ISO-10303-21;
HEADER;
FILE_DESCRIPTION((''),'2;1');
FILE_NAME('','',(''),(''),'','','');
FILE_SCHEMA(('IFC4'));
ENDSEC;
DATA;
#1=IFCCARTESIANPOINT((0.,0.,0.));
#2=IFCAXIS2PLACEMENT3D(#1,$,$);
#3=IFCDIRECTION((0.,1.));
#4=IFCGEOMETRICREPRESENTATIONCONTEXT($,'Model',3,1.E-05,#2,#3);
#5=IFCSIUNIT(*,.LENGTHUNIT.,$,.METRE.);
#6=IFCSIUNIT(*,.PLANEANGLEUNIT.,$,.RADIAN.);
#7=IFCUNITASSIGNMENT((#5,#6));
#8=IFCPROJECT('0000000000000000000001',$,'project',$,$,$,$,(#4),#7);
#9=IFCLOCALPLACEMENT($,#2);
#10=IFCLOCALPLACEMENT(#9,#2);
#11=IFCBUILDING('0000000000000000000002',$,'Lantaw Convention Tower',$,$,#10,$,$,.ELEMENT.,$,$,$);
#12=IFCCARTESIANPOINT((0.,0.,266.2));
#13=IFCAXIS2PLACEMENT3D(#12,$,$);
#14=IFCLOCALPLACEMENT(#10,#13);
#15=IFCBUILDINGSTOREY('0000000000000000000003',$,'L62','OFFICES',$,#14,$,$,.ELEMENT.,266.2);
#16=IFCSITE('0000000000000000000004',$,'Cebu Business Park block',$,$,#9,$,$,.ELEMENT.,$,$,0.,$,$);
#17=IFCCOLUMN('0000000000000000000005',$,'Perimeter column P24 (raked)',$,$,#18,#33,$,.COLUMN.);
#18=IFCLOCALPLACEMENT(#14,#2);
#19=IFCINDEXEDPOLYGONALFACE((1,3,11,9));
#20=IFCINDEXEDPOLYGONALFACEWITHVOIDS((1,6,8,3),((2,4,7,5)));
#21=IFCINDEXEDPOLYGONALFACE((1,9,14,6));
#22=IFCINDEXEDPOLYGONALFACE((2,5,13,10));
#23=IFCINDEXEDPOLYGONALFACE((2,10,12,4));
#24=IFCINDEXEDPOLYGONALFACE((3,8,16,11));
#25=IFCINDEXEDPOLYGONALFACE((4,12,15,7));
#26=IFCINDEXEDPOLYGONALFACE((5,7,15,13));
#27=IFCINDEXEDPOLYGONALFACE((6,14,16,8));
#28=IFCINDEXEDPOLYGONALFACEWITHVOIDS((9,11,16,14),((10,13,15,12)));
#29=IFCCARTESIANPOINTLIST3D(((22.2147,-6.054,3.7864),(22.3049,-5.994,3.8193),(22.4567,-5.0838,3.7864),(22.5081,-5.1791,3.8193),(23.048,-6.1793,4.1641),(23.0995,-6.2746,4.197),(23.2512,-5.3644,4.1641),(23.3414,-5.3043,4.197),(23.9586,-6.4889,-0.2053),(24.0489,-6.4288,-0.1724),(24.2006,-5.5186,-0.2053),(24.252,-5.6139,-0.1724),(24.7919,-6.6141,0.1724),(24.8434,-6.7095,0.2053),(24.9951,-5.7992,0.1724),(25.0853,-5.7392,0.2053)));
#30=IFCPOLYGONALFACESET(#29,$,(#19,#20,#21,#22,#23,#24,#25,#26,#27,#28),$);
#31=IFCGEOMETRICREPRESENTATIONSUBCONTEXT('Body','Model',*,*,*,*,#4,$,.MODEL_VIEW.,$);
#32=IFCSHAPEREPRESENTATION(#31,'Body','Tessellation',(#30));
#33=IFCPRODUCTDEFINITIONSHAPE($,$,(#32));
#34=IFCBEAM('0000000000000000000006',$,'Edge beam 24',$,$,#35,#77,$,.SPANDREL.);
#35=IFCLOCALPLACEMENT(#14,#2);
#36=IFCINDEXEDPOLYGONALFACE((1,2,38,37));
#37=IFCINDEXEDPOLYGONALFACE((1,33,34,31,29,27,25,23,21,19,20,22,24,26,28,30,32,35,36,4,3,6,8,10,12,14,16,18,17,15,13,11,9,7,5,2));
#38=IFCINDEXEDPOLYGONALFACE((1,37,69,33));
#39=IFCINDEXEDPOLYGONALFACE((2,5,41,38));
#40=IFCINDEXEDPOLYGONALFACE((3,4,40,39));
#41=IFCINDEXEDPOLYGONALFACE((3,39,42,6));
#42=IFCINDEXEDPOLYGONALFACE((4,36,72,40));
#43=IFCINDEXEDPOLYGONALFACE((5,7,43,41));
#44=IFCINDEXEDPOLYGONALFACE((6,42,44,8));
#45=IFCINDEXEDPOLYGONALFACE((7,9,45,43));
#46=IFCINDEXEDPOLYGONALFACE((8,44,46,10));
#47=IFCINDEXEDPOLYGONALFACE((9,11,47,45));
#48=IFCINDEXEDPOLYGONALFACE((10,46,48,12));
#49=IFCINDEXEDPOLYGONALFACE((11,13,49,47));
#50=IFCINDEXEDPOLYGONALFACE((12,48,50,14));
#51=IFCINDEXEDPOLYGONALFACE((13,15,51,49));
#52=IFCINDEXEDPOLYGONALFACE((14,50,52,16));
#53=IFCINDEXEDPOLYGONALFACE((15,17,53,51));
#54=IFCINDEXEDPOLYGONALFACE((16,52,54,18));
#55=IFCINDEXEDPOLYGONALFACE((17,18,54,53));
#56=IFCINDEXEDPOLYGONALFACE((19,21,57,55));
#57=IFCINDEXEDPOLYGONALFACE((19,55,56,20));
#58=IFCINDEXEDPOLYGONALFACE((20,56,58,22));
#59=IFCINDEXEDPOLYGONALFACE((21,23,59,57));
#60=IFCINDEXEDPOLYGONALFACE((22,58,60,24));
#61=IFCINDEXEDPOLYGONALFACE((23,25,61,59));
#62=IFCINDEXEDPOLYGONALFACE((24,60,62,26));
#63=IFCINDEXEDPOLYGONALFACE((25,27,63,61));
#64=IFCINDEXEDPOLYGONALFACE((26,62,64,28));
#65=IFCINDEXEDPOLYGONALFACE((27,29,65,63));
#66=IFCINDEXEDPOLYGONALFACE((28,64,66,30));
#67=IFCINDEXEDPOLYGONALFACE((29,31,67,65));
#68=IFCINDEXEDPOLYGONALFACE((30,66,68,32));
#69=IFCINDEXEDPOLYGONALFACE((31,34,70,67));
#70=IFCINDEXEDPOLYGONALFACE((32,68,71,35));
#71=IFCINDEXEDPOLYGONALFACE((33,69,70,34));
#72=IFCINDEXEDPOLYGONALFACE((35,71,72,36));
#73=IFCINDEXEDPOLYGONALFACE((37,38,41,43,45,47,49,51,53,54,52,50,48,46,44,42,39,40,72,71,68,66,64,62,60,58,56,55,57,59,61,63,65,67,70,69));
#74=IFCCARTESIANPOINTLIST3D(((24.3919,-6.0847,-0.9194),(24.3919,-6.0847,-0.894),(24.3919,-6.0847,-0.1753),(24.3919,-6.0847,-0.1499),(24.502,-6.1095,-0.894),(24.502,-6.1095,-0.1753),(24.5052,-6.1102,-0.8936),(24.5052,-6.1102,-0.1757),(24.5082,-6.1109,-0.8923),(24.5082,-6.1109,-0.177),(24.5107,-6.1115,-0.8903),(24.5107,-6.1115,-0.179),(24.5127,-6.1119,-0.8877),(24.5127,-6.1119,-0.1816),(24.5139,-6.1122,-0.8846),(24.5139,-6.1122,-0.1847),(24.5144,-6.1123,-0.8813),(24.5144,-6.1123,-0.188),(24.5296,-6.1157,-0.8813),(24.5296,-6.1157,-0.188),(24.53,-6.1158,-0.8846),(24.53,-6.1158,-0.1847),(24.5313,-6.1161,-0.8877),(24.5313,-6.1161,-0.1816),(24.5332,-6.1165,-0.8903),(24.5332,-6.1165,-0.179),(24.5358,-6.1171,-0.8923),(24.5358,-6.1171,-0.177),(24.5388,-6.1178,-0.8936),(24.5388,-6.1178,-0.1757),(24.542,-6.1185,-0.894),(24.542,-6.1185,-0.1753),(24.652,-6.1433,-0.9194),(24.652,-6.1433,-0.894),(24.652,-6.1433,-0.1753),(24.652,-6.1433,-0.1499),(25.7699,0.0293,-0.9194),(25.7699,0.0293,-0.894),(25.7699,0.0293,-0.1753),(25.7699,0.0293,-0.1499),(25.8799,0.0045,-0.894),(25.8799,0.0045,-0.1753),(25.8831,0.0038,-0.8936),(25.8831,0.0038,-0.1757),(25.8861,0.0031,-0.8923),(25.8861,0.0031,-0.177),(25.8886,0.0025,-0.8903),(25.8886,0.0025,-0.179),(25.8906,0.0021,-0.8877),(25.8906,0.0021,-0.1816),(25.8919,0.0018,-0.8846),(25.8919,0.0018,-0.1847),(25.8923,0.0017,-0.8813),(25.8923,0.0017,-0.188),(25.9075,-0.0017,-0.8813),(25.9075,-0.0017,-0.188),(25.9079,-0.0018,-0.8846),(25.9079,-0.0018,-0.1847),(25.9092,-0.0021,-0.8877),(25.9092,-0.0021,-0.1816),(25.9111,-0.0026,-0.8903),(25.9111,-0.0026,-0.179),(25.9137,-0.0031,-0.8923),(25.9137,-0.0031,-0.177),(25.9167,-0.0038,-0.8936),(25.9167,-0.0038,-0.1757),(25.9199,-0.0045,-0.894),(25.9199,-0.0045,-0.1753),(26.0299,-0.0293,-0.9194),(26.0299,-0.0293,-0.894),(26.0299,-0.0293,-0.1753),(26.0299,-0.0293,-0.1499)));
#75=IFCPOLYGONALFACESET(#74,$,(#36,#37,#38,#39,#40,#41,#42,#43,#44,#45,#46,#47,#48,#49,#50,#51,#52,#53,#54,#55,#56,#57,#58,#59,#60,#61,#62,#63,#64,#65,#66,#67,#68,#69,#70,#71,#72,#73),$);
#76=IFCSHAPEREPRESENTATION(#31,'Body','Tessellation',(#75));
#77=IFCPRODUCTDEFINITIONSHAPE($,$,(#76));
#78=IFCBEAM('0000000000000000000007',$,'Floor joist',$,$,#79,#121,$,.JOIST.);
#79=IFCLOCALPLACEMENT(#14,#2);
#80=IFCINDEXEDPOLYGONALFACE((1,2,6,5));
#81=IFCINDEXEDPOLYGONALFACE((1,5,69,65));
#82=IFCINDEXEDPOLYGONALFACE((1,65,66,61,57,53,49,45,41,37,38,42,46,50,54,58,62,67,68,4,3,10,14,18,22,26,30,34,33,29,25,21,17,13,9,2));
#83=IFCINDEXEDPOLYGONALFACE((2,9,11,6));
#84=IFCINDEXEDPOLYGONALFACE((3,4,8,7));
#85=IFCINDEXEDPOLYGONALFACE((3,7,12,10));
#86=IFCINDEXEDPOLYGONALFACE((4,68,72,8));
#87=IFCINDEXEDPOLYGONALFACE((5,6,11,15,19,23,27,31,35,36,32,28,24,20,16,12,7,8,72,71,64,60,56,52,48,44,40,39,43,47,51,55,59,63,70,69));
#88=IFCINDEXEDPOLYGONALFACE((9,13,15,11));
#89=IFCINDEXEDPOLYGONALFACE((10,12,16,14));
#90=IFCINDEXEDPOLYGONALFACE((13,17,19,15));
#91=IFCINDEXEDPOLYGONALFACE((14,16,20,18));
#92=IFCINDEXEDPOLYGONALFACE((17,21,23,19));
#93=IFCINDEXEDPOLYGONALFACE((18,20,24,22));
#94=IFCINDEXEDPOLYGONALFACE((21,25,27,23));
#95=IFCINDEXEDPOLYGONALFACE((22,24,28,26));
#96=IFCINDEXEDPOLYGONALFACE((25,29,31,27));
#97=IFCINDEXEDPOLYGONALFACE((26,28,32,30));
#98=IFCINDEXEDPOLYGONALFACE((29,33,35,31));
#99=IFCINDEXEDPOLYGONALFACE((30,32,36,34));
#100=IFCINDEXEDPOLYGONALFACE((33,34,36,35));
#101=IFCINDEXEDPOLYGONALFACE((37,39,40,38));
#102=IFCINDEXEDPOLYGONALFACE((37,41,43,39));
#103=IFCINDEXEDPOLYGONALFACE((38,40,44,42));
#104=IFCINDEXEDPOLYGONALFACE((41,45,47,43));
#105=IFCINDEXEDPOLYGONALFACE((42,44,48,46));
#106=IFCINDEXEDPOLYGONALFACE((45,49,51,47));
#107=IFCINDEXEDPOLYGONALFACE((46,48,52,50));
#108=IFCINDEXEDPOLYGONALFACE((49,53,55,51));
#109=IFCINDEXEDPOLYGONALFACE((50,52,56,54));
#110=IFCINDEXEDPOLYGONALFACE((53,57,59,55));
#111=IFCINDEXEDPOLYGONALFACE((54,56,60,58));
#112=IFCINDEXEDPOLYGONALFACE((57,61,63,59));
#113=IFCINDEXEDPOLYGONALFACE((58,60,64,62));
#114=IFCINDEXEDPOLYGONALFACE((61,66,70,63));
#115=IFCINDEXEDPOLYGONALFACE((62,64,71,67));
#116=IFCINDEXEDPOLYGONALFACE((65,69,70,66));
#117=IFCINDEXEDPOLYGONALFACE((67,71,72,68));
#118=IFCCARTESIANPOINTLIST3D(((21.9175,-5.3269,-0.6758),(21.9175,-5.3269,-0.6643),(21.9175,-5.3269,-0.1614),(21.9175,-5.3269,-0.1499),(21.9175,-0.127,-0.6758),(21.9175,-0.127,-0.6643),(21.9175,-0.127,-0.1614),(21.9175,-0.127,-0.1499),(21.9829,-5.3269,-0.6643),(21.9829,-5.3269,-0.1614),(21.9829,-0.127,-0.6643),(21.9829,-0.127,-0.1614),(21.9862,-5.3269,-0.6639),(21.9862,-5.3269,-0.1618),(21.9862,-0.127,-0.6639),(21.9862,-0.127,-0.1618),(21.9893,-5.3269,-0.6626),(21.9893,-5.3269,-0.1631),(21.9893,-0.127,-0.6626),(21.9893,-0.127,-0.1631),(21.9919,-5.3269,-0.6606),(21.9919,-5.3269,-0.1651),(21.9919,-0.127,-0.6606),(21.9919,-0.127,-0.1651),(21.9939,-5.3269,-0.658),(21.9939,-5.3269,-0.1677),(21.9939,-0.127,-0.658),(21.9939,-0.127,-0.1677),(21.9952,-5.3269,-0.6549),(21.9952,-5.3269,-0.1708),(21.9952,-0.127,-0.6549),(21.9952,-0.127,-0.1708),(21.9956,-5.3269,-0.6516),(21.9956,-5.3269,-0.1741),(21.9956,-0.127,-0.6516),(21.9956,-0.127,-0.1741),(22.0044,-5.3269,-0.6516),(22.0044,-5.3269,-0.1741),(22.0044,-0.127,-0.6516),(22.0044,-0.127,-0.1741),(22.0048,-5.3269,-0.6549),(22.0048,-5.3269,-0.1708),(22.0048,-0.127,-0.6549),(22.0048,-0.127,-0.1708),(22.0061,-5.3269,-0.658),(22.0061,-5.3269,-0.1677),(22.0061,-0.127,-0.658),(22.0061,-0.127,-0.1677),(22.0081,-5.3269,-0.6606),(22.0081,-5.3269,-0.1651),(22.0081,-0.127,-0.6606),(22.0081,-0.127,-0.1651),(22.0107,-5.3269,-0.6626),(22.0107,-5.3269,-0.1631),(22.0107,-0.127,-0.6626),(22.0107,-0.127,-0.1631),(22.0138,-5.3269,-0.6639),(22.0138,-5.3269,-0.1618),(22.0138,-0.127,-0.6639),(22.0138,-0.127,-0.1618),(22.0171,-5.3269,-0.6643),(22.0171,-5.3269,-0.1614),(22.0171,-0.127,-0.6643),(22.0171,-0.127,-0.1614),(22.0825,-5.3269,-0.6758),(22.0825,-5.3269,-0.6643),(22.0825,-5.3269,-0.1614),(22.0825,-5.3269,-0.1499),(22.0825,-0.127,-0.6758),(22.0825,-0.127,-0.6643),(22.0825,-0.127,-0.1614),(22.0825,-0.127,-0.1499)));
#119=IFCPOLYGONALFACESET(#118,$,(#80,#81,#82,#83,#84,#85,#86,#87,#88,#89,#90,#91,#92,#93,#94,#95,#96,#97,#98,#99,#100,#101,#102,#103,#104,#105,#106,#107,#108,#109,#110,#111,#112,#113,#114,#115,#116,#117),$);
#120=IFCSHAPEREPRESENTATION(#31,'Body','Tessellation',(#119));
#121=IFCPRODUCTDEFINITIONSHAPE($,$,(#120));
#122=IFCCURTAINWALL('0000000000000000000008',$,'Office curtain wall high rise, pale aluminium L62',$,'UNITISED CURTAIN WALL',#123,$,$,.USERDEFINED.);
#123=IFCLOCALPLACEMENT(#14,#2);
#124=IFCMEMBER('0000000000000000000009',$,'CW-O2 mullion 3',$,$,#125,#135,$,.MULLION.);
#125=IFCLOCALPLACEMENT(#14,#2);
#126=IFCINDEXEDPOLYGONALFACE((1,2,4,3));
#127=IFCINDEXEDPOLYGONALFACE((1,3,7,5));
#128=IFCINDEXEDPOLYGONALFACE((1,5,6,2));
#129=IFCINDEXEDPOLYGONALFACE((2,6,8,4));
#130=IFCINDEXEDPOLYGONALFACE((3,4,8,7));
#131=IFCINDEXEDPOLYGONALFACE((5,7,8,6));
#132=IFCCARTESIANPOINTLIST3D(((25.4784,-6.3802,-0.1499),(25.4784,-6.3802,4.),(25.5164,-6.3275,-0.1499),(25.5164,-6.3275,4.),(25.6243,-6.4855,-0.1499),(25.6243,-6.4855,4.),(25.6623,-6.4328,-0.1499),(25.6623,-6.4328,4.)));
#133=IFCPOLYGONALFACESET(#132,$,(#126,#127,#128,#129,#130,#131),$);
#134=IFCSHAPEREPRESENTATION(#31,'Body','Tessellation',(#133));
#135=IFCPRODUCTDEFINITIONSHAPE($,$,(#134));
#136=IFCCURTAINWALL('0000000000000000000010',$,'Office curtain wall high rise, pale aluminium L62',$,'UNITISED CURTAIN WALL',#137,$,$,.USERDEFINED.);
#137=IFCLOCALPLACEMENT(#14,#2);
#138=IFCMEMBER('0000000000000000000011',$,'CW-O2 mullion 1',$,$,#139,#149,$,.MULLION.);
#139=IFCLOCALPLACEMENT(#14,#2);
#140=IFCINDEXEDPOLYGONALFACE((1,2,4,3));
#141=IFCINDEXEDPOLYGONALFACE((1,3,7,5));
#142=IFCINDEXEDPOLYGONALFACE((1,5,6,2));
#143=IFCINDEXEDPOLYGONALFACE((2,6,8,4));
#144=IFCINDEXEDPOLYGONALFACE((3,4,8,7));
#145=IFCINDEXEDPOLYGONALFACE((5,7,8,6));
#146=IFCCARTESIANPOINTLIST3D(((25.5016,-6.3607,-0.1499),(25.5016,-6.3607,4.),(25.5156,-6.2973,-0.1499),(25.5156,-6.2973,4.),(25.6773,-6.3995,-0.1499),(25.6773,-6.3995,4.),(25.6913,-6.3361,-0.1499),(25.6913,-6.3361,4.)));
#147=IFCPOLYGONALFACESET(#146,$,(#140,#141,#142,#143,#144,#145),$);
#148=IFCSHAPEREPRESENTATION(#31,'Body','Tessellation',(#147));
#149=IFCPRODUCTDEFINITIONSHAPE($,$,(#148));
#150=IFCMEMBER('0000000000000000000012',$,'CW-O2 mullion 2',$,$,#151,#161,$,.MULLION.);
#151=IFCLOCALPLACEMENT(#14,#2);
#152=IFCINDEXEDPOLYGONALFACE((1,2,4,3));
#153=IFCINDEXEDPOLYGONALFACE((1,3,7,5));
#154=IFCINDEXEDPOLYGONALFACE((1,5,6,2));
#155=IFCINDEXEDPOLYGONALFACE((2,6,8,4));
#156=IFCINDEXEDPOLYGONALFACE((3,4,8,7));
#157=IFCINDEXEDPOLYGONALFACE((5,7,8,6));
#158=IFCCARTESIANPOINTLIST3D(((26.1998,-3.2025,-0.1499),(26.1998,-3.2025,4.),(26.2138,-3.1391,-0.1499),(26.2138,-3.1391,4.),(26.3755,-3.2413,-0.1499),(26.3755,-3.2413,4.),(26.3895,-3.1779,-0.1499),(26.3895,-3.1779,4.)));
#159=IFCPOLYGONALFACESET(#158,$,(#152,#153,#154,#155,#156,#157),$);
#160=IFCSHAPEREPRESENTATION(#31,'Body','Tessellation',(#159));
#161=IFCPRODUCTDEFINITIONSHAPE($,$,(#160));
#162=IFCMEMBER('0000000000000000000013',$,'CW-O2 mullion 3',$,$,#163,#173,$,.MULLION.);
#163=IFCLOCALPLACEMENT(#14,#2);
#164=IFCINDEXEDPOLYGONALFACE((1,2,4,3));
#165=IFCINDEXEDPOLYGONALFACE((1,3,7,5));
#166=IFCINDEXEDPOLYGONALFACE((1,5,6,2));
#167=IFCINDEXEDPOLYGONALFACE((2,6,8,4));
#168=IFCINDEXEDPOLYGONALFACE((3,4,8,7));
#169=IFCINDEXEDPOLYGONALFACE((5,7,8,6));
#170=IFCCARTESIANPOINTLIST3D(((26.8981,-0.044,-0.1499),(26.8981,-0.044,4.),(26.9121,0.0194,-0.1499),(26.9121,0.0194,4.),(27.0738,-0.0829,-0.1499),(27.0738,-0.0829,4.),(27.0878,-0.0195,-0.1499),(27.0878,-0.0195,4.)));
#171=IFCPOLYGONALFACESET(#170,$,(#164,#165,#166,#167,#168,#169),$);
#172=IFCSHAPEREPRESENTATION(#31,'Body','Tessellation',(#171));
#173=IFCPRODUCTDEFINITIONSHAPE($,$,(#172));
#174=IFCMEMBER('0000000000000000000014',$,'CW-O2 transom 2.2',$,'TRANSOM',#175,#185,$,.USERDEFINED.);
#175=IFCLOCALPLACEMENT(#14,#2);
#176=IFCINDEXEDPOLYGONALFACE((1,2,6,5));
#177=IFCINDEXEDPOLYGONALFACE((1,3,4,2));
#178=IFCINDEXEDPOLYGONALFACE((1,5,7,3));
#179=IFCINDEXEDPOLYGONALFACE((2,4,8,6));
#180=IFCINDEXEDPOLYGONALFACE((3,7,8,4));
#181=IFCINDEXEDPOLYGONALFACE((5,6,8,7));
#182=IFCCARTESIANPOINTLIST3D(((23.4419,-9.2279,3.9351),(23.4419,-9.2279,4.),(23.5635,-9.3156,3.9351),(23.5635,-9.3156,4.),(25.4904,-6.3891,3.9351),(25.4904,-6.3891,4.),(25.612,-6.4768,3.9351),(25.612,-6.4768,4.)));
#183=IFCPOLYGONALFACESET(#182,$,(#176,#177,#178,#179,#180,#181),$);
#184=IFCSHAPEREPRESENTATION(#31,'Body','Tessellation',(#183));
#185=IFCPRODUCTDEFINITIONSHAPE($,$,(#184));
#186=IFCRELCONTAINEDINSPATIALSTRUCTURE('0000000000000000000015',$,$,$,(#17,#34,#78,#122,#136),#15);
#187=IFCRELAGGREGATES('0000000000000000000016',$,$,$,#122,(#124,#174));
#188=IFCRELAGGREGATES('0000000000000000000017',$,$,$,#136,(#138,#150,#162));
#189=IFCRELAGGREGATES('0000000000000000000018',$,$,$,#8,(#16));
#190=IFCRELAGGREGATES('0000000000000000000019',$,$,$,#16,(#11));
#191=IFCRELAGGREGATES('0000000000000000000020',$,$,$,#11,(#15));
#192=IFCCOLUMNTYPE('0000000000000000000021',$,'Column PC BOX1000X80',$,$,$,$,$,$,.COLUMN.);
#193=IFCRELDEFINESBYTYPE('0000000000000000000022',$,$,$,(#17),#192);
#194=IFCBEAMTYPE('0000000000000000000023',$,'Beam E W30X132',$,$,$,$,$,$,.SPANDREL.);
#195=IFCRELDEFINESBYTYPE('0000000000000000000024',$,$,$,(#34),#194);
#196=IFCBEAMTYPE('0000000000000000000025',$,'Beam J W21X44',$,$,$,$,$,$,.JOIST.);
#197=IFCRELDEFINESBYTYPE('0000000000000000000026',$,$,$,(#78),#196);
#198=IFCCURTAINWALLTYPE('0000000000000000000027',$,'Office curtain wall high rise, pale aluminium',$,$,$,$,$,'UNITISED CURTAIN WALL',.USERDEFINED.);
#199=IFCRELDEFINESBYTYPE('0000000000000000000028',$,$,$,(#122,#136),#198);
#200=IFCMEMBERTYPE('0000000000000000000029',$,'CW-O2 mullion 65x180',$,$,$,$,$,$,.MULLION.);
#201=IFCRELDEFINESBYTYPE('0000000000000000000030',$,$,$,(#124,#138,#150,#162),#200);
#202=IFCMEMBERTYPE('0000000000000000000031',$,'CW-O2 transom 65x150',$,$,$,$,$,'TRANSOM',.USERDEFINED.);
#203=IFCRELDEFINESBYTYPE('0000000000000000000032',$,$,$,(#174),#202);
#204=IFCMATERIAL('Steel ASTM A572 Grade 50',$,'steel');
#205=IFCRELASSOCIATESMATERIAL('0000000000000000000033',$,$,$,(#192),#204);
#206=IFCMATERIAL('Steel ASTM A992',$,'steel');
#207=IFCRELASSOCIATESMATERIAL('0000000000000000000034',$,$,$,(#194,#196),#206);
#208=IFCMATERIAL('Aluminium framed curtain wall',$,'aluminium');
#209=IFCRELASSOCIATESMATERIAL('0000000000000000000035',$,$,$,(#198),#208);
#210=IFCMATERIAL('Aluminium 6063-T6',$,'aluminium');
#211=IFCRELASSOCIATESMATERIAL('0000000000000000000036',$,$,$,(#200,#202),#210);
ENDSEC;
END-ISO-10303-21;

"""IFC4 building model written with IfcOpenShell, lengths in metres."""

from ifc_helpers import new_model, si_unit, direction, frame, origin, origin_2d, place, context, subcontext, project, spatial, rectangle, hollow_rectangle, i_section, extrude, material, material_profile, profile_set, type_object, element, aggregate, save


model = new_model("IFC4")

# Units and contexts
model_context = context("Model", 3, precision=1e-05, world=origin(), true_north=direction((0.0, 1.0)))
body_context = subcontext(model_context, "Body", "Model", "MODEL_VIEW")
ifc_project = project(units=[si_unit("LENGTHUNIT", "METRE"), si_unit("PLANEANGLEUNIT", "RADIAN")], contexts=[model_context])

# Site, building, storey
site_placement = place(None, origin())
site = spatial("IfcSite", under=ifc_project, at=site_placement, Name="Cebu Business Park block", CompositionType="ELEMENT", RefElevation=0.0)
building_placement = place(site_placement, origin())
building = spatial("IfcBuilding", under=site, at=building_placement, Name="Lantaw Convention Tower", CompositionType="ELEMENT")
storey_placement = place(building_placement, frame((0.0, 0.0, 266.2)))
storey = spatial("IfcBuildingStorey", under=building, at=storey_placement, Name="L62", Description="OFFICES", CompositionType="ELEMENT", Elevation=266.2)

# Column
ifc_material_1 = material(Name="Steel ASTM A572 Grade 50", Category="steel")
ifc_material_profile_1 = material_profile(ifc_material_1, hollow_rectangle(XDim=1.0, YDim=1.0, WallThickness=0.0801, at=origin_2d()), Name="BOX1000X80")
ifc_material_2 = material(Name="Concrete C60/75", Category="concrete")
ifc_material_profile_2 = material_profile(ifc_material_2, rectangle(XDim=0.8401, YDim=0.8401, at=origin_2d()), Name="Concrete fill of BOX1000X80")
ifc_profile_set_1 = profile_set([ifc_material_profile_1, ifc_material_profile_2], Name="Steel ASTM A572 Grade 50")
column_type = type_object("IfcColumnType", Name="Column PC BOX1000X80", PredefinedType="COLUMN", material=ifc_profile_set_1)
column_placement = place(storey_placement, frame((24.522, -6.114, 0.0), z_axis=(-0.398363, 0.099326, 0.911834), x_axis=(-0.241928, -0.970294, 0.0)))
element("IfcColumn", 1, at=column_placement, inside=storey, type_object=column_type, Name="Perimeter column P24 (raked)", PredefinedType="COLUMN", context=body_context, shape_type="SweptSolid", body=[
    extrude(hollow_rectangle(XDim=1.0, YDim=1.0, WallThickness=0.0801, at=origin_2d()), origin(), (0.0, 0.0, 1.0), 4.3777),
])

# Beams
ifc_material_3 = material(Name="Steel ASTM A992", Category="steel")
ifc_material_profile_3 = material_profile(ifc_material_3, i_section(OverallWidth=0.2666, OverallDepth=0.7695, WebThickness=0.0156, FlangeThickness=0.0254, FilletRadius=0.0127, at=origin_2d()), Name="W30X132")
ifc_profile_set_2 = profile_set([ifc_material_profile_3], Name="Steel ASTM A992")
beam_type_1 = type_object("IfcBeamType", Name="Beam E W30X132", PredefinedType="SPANDREL", material=ifc_profile_set_2)
beam_1_placement = place(storey_placement, frame((24.522, -6.114, -0.5347), z_axis=(0.219858, 0.975532, 0.0), x_axis=(-0.975532, 0.219858, 0.0)))
element("IfcBeam", 2, at=beam_1_placement, inside=storey, type_object=beam_type_1, Name="Edge beam 24", PredefinedType="SPANDREL", context=body_context, shape_type="SweptSolid", body=[
    extrude(i_section(OverallWidth=0.2666, OverallDepth=0.7695, WebThickness=0.0156, FlangeThickness=0.0254, FilletRadius=0.0127, at=origin_2d()), origin(), (0.0, 0.0, 1.0), 6.2673),
])
ifc_material_profile_4 = material_profile(ifc_material_3, i_section(OverallWidth=0.165, OverallDepth=0.5259, WebThickness=0.0088, FlangeThickness=0.0115, FilletRadius=0.0127, at=origin_2d()), Name="W21X44")
ifc_profile_set_3 = profile_set([ifc_material_profile_4], Name="Steel ASTM A992")
beam_type_2 = type_object("IfcBeamType", Name="Beam J W21X44", PredefinedType="JOIST", material=ifc_profile_set_3)
beam_2_placement = place(storey_placement, frame((22.0, -5.3269, -0.4128), z_axis=(0.0, 1.0, 0.0), x_axis=(-1.0, 0.0, 0.0)))
element("IfcBeam", 3, at=beam_2_placement, inside=storey, type_object=beam_type_2, Name="Floor joist", PredefinedType="JOIST", context=body_context, shape_type="SweptSolid", body=[
    extrude(i_section(OverallWidth=0.165, OverallDepth=0.5259, WebThickness=0.0088, FlangeThickness=0.0115, FilletRadius=0.0127, at=origin_2d()), origin(), (0.0, 0.0, 1.0), 5.2),
])

# Curtain wall, member
ifc_material_4 = material(Name="Aluminium framed curtain wall", Category="aluminium")
curtain_wall_type = type_object("IfcCurtainWallType", Name="Office curtain wall high rise, pale aluminium", ElementType="UNITISED CURTAIN WALL", PredefinedType="USERDEFINED", material=ifc_material_4)
curtain_wall_1_placement = place(storey_placement, origin())
curtain_wall_1 = element("IfcCurtainWall", 4, at=curtain_wall_1_placement, inside=storey, type_object=curtain_wall_type, Name="Office curtain wall high rise, pale aluminium L62", ObjectType="UNITISED CURTAIN WALL", PredefinedType="USERDEFINED")
ifc_material_5 = material(Name="Aluminium 6063-T6", Category="aluminium")
ifc_material_profile_5 = material_profile(ifc_material_5, rectangle(XDim=0.1799, YDim=0.0649, at=origin_2d()), Name="CW-O2 mullion 65x180")
ifc_profile_set_4 = profile_set([ifc_material_profile_5], Name="Aluminium 6063-T6")
member_type_1 = type_object("IfcMemberType", Name="CW-O2 mullion 65x180", PredefinedType="MULLION", material=ifc_profile_set_4)
member_1_placement = place(storey_placement, frame((25.5703, -6.4065, -0.1499), z_axis=(0.0, 0.0, 1.0), x_axis=(-0.81092, 0.585158, 0.0)))
member_1 = element("IfcMember", 5, at=member_1_placement, type_object=member_type_1, Name="CW-O2 mullion 3", PredefinedType="MULLION", context=body_context, shape_type="SweptSolid", body=[
    extrude(rectangle(XDim=0.1799, YDim=0.0649, at=origin_2d()), origin(), (0.0, 0.0, 1.0), 4.1499),
])

# Curtain wall, members
curtain_wall_2_placement = place(storey_placement, origin())
curtain_wall_2 = element("IfcCurtainWall", 6, at=curtain_wall_2_placement, inside=storey, type_object=curtain_wall_type, Name="Office curtain wall high rise, pale aluminium L62", ObjectType="UNITISED CURTAIN WALL", PredefinedType="USERDEFINED")
member_2_placement = place(storey_placement, frame((25.5964, -6.3484, -0.1499), z_axis=(0.0, 0.0, 1.0), x_axis=(-0.976417, 0.215891, 0.0)))
member_2 = element("IfcMember", 7, at=member_2_placement, type_object=member_type_1, Name="CW-O2 mullion 1", PredefinedType="MULLION", context=body_context, shape_type="SweptSolid", body=[
    extrude(rectangle(XDim=0.1799, YDim=0.0649, at=origin_2d()), origin(), (0.0, 0.0, 1.0), 4.1499),
])
member_3_placement = place(storey_placement, frame((26.2947, -3.1902, -0.1499), z_axis=(0.0, 0.0, 1.0), x_axis=(-0.976417, 0.215891, 0.0)))
member_3 = element("IfcMember", 8, at=member_3_placement, type_object=member_type_1, Name="CW-O2 mullion 2", PredefinedType="MULLION", context=body_context, shape_type="SweptSolid", body=[
    extrude(rectangle(XDim=0.1799, YDim=0.0649, at=origin_2d()), origin(), (0.0, 0.0, 1.0), 4.1499),
])
member_4_placement = place(storey_placement, frame((26.9929, -0.0317, -0.1499), z_axis=(0.0, 0.0, 1.0), x_axis=(-0.976417, 0.215891, 0.0)))
member_4 = element("IfcMember", 9, at=member_4_placement, type_object=member_type_1, Name="CW-O2 mullion 3", PredefinedType="MULLION", context=body_context, shape_type="SweptSolid", body=[
    extrude(rectangle(XDim=0.1799, YDim=0.0649, at=origin_2d()), origin(), (0.0, 0.0, 1.0), 4.1499),
])

# Member
ifc_material_profile_6 = material_profile(ifc_material_5, rectangle(XDim=0.1499, YDim=0.0649, at=origin_2d()), Name="CW-O2 transom 65x150")
ifc_profile_set_5 = profile_set([ifc_material_profile_6], Name="Aluminium 6063-T6")
member_type_2 = type_object("IfcMemberType", Name="CW-O2 transom 65x150", ElementType="TRANSOM", PredefinedType="USERDEFINED", material=ifc_profile_set_5)
member_5_placement = place(storey_placement, frame((23.5027, -9.2717, 3.9675), z_axis=(0.58517, 0.810911, 0.0), x_axis=(-0.810911, 0.58517, 0.0)))
member_5 = element("IfcMember", 10, at=member_5_placement, type_object=member_type_2, Name="CW-O2 transom 2.2", ObjectType="TRANSOM", PredefinedType="USERDEFINED", context=body_context, shape_type="SweptSolid", body=[
    extrude(rectangle(XDim=0.1499, YDim=0.0649, at=origin_2d()), origin(), (0.0, 0.0, 1.0), 3.5007),
])

aggregate(curtain_wall_1, [member_1, member_5])
aggregate(curtain_wall_2, [member_2, member_3, member_4])

save(model, "model.ifc")
